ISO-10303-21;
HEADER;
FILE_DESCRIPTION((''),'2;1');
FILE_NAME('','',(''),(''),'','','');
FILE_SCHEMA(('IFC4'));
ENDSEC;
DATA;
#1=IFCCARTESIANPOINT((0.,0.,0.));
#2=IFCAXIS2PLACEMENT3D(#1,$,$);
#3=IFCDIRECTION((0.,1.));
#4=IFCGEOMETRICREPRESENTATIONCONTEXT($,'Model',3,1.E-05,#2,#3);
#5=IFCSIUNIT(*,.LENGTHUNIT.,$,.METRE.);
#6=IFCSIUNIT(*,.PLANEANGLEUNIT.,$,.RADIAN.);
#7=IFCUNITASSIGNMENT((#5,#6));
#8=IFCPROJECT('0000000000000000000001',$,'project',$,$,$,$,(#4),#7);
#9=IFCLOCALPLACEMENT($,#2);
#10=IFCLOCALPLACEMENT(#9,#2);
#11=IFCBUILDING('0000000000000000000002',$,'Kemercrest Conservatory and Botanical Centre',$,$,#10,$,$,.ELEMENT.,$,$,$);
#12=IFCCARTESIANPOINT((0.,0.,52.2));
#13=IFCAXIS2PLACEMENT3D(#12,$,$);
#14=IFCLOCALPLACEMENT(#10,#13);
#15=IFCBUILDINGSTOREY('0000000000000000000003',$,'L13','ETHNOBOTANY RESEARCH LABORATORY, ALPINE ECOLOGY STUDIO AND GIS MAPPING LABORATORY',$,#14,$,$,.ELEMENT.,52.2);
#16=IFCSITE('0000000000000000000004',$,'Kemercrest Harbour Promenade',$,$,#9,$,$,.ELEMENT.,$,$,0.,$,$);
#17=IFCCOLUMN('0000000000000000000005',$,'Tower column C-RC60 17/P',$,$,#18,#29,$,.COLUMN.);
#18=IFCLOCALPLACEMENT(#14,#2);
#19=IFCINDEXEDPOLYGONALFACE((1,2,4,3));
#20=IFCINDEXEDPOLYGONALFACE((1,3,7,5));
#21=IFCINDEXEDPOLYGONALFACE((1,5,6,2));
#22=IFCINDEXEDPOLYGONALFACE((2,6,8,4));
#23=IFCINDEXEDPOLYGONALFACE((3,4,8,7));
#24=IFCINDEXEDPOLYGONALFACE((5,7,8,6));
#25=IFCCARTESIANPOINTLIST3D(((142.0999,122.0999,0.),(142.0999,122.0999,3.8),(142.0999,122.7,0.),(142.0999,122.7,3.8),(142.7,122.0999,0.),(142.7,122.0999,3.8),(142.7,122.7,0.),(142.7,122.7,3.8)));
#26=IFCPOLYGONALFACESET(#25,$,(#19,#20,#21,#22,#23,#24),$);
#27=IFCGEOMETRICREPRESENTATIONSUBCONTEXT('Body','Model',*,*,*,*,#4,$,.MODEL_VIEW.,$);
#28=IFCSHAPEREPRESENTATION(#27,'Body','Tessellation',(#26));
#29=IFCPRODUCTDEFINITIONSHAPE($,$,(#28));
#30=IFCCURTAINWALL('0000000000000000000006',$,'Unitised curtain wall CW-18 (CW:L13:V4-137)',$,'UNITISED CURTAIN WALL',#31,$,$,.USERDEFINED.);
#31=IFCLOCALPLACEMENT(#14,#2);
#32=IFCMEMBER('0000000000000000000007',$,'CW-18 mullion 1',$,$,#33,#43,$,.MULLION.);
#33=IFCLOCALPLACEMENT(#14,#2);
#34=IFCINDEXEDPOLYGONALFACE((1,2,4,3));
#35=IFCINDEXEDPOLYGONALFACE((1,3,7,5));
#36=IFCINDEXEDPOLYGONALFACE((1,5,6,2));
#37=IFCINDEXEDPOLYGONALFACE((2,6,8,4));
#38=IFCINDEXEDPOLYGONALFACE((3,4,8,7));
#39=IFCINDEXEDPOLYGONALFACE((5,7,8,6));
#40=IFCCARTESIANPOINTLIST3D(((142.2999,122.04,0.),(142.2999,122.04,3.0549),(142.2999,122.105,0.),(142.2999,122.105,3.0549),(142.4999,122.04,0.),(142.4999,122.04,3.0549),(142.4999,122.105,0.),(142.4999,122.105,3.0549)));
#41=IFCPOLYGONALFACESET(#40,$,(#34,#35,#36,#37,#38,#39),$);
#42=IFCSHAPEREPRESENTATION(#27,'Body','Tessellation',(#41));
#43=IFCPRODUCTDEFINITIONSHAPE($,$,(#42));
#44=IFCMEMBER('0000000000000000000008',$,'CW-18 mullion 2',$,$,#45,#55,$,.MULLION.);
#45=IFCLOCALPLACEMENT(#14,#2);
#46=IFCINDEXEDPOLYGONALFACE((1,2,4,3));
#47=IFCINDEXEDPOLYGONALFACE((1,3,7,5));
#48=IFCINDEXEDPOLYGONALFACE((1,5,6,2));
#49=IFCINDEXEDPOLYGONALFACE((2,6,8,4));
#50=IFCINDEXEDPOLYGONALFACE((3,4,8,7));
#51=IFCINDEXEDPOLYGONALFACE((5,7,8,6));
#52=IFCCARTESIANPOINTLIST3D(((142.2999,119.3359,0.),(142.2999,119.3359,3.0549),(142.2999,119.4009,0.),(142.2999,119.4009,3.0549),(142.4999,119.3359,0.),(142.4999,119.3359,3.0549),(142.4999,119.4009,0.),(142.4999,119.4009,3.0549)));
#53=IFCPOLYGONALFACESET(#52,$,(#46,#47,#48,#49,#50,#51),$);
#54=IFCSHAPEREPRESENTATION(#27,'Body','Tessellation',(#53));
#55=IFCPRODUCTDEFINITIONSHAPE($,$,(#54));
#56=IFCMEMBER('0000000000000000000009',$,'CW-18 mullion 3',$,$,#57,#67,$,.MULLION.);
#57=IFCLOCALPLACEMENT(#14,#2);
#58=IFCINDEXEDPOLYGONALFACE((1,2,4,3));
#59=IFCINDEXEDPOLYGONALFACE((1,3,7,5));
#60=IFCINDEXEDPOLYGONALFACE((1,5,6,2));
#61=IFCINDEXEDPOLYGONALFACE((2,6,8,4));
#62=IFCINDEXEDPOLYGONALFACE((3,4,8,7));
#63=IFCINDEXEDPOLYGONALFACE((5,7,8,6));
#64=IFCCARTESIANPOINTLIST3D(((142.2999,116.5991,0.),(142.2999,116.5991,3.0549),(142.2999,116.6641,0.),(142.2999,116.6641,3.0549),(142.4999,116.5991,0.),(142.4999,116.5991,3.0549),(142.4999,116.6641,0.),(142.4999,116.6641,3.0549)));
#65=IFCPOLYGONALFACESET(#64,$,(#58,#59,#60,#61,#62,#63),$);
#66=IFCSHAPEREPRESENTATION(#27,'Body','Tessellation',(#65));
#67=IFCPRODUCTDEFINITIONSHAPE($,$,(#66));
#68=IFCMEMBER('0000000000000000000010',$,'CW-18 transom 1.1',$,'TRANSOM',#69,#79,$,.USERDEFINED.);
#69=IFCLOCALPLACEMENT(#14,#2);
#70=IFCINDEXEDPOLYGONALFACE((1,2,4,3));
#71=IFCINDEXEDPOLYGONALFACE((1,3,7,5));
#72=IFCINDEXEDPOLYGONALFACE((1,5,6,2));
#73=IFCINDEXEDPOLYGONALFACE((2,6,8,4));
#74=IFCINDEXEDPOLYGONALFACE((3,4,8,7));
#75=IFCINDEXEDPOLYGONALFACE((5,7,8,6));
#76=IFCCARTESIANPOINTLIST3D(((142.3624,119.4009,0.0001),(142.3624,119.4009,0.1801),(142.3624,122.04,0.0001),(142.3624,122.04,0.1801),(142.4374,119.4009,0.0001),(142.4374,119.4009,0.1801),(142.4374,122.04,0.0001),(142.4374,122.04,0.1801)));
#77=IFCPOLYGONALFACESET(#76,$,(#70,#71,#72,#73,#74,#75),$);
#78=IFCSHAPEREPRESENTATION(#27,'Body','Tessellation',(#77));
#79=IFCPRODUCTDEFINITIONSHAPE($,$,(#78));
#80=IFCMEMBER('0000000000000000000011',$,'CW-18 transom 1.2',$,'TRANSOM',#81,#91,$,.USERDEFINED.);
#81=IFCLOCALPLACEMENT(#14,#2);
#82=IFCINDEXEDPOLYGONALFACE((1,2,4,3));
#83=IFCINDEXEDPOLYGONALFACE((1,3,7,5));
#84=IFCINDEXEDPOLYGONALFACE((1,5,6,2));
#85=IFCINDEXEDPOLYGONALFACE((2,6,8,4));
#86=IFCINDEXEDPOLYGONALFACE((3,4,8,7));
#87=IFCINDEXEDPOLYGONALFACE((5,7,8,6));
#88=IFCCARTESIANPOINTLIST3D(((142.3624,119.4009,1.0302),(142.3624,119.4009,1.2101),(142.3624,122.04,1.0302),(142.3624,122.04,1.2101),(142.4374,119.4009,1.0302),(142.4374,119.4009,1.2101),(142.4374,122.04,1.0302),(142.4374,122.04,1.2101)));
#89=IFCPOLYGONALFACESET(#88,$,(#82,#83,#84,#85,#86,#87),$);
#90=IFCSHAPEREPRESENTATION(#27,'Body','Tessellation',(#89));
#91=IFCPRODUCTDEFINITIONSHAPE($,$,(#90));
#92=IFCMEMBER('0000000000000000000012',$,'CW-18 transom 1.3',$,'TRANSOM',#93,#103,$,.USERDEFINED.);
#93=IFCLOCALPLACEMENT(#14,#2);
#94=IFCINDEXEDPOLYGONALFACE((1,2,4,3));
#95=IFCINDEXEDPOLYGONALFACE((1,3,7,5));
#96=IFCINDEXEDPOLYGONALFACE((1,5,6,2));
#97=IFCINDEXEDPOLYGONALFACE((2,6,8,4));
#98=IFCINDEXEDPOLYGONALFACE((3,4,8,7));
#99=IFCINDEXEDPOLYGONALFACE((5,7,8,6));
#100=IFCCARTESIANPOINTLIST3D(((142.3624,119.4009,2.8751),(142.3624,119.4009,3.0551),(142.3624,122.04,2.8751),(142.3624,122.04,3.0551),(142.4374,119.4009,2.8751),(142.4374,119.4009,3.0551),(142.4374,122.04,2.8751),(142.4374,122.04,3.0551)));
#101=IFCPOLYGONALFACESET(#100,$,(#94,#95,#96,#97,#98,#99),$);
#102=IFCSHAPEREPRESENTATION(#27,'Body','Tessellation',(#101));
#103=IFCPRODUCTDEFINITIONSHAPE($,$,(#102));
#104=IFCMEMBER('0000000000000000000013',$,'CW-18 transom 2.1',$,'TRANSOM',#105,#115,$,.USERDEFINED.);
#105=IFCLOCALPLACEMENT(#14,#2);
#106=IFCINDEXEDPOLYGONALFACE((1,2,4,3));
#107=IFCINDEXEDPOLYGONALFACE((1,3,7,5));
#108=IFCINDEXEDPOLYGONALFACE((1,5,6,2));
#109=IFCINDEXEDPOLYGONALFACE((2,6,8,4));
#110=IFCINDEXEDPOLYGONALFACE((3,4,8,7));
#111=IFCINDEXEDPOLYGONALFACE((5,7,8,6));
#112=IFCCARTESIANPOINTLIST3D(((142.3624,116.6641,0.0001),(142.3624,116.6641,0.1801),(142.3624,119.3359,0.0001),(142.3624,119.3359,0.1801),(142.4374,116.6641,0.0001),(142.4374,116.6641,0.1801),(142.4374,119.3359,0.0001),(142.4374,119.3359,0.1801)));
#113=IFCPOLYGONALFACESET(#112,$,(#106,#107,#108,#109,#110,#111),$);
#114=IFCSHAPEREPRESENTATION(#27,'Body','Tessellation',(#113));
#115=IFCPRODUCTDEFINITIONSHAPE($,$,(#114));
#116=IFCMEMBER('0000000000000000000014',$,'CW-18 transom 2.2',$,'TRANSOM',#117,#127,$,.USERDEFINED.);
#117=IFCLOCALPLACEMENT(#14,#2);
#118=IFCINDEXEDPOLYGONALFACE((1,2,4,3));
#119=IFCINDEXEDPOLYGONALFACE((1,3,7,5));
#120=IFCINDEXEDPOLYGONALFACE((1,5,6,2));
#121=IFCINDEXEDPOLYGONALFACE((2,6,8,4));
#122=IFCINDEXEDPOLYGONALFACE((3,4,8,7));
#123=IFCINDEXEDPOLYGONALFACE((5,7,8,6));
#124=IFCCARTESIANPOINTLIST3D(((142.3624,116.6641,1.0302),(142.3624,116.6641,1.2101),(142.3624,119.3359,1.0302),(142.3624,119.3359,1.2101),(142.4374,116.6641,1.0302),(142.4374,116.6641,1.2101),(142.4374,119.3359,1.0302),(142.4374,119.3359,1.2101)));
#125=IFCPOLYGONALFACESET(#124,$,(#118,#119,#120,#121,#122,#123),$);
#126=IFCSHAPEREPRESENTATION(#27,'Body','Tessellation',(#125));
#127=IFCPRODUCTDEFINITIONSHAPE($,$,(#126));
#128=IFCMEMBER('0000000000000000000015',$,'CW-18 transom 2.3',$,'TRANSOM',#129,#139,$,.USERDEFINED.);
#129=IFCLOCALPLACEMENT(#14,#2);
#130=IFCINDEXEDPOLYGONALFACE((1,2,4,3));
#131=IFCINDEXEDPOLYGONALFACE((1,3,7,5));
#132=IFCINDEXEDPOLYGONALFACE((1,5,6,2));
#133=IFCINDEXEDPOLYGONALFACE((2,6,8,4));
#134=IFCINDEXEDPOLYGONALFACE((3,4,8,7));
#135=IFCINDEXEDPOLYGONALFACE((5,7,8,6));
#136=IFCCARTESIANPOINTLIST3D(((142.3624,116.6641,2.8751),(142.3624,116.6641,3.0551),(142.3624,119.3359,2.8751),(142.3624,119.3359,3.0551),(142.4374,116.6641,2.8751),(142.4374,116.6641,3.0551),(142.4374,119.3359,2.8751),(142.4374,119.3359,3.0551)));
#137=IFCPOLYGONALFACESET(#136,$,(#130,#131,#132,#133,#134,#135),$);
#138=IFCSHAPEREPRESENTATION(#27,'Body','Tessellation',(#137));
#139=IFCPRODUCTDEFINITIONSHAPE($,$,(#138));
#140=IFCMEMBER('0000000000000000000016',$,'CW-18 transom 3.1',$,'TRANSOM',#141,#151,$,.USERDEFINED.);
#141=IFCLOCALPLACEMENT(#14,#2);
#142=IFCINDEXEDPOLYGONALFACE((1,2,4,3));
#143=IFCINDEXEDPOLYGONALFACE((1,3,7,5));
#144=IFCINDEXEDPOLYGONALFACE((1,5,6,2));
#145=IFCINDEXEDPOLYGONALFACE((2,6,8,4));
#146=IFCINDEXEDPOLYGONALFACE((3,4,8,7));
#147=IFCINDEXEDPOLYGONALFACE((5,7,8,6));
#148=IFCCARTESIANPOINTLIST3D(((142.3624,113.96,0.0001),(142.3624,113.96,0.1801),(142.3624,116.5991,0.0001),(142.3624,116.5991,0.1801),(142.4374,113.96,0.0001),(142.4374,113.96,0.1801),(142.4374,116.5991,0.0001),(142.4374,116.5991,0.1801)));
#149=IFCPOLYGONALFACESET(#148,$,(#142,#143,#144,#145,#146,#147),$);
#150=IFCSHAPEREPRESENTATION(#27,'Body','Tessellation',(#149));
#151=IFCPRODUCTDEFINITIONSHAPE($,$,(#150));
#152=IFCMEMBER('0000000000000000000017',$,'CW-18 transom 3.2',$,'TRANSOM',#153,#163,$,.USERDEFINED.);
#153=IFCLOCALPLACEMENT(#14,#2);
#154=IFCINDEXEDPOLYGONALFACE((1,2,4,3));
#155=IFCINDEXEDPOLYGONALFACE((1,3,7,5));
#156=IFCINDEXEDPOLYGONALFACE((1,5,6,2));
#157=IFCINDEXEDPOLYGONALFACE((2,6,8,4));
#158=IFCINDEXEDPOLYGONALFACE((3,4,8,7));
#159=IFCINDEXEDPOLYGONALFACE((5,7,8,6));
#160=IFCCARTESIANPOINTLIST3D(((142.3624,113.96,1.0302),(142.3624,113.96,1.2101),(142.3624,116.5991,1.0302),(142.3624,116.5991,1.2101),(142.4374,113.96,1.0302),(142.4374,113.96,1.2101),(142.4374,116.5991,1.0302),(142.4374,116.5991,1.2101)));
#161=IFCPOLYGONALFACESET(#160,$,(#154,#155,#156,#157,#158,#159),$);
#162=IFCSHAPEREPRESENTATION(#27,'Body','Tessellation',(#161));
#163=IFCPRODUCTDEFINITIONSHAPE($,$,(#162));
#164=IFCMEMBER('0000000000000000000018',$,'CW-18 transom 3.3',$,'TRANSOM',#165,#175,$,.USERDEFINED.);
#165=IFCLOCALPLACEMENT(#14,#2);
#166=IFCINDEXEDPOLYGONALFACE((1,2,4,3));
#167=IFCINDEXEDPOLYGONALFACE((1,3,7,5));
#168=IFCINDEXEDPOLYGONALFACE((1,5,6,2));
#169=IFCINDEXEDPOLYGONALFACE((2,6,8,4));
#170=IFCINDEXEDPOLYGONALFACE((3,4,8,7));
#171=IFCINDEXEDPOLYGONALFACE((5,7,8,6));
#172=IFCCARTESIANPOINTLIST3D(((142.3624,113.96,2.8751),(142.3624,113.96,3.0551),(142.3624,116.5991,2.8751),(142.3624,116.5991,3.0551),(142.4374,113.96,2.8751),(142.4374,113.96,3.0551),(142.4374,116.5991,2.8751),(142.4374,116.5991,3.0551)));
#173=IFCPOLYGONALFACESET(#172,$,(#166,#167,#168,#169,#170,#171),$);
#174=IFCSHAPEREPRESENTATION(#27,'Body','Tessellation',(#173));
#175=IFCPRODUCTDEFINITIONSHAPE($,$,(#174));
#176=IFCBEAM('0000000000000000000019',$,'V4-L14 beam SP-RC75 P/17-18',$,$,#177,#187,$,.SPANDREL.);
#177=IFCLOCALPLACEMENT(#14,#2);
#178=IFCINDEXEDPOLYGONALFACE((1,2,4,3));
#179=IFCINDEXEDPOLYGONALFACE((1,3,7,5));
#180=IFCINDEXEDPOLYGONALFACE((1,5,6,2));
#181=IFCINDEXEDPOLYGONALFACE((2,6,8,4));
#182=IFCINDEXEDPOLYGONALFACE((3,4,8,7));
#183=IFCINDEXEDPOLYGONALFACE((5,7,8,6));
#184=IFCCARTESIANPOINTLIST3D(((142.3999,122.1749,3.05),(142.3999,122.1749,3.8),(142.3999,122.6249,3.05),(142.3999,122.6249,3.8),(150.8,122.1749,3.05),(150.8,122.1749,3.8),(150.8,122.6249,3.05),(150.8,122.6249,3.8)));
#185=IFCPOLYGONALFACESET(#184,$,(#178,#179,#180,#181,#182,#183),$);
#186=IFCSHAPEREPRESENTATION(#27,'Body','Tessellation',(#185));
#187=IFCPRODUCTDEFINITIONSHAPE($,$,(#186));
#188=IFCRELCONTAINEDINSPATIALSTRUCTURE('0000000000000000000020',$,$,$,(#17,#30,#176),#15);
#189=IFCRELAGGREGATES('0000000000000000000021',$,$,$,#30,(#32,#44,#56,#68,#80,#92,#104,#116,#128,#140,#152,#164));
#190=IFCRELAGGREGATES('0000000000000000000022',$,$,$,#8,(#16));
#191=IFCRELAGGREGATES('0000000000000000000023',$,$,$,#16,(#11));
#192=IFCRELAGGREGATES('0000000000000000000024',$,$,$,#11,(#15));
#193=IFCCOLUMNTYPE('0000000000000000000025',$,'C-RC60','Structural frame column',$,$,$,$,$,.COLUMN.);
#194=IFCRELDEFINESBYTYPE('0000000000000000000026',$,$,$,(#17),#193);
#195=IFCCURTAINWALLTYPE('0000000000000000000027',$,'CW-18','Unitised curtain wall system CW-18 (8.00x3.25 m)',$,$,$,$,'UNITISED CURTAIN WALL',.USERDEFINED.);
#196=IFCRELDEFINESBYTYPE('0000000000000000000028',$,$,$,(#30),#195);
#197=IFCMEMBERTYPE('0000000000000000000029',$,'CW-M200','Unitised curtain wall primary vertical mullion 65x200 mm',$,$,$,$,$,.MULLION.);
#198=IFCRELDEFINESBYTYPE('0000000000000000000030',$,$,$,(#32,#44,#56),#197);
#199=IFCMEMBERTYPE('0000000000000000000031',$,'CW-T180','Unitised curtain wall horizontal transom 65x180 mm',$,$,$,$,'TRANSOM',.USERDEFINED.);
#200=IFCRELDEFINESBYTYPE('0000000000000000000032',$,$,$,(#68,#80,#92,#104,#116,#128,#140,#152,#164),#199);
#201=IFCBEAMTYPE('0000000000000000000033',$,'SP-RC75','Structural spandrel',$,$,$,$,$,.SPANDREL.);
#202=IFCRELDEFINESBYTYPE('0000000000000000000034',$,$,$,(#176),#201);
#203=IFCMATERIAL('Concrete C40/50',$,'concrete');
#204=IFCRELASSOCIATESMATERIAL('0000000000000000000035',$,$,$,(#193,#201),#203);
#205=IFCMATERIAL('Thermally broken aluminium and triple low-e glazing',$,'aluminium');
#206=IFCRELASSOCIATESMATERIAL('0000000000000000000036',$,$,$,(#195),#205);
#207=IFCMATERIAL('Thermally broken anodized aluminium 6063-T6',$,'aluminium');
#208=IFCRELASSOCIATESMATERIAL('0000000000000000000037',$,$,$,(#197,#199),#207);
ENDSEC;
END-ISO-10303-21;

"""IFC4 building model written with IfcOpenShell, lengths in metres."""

from ifc_helpers import new_model, si_unit, direction, frame, origin, origin_2d, place, context, subcontext, project, spatial, rectangle, extrude, material, material_profile, profile_set, type_object, element, aggregate, save


model = new_model("IFC4")

# Units and contexts
model_context = context("Model", 3, precision=1e-05, world=origin(), true_north=direction((0.0, 1.0)))
body_context = subcontext(model_context, "Body", "Model", "MODEL_VIEW")
ifc_project = project(units=[si_unit("LENGTHUNIT", "METRE"), si_unit("PLANEANGLEUNIT", "RADIAN")], contexts=[model_context])

# Site, building, storey
site_placement = place(None, origin())
site = spatial("IfcSite", under=ifc_project, at=site_placement, Name="Kemercrest Harbour Promenade", CompositionType="ELEMENT", RefElevation=0.0)
building_placement = place(site_placement, origin())
building = spatial("IfcBuilding", under=site, at=building_placement, Name="Kemercrest Conservatory and Botanical Centre", CompositionType="ELEMENT")
storey_placement = place(building_placement, frame((0.0, 0.0, 52.2)))
storey = spatial("IfcBuildingStorey", under=building, at=storey_placement, Name="L13", Description="ETHNOBOTANY RESEARCH LABORATORY, ALPINE ECOLOGY STUDIO AND GIS MAPPING LABORATORY", CompositionType="ELEMENT", Elevation=52.2)

# Column
ifc_material_1 = material(Name="Concrete C40/50", Category="concrete")
ifc_material_profile_1 = material_profile(ifc_material_1, rectangle(XDim=0.6001, YDim=0.6001, at=origin_2d()), Name="RC 600x600")
ifc_profile_set_1 = profile_set([ifc_material_profile_1], Name="Concrete C40/50")
column_type = type_object("IfcColumnType", Name="C-RC60", Description="Structural frame column", PredefinedType="COLUMN", material=ifc_profile_set_1)
column_placement = place(storey_placement, frame((142.3999, 122.3999, 0.0), z_axis=(0.0, 0.0, 1.0), x_axis=(1.0, 0.0, 0.0)))
element("IfcColumn", 1, at=column_placement, inside=storey, type_object=column_type, Name="Tower column C-RC60 17/P", PredefinedType="COLUMN", context=body_context, shape_type="SweptSolid", body=[
    extrude(rectangle(XDim=0.6001, YDim=0.6001, at=origin_2d()), origin(), (0.0, 0.0, 1.0), 3.8),
])

# Curtain wall, members
ifc_material_2 = material(Name="Thermally broken aluminium and triple low-e glazing", Category="aluminium")
curtain_wall_type = type_object("IfcCurtainWallType", Name="CW-18", Description="Unitised curtain wall system CW-18 (8.00x3.25 m)", ElementType="UNITISED CURTAIN WALL", PredefinedType="USERDEFINED", material=ifc_material_2)
curtain_wall_placement = place(storey_placement, origin())
curtain_wall = element("IfcCurtainWall", 2, at=curtain_wall_placement, inside=storey, type_object=curtain_wall_type, Name="Unitised curtain wall CW-18 (CW:L13:V4-137)", ObjectType="UNITISED CURTAIN WALL", PredefinedType="USERDEFINED")
ifc_material_3 = material(Name="Thermally broken anodized aluminium 6063-T6", Category="aluminium")
ifc_material_profile_2 = material_profile(ifc_material_3, rectangle(XDim=0.2, YDim=0.0649, at=origin_2d()), Name="AL MULLION 65x200")
ifc_profile_set_2 = profile_set([ifc_material_profile_2], Name="Thermally broken anodized aluminium 6063-T6")
member_type_1 = type_object("IfcMemberType", Name="CW-M200", Description="Unitised curtain wall primary vertical mullion 65x200 mm", PredefinedType="MULLION", material=ifc_profile_set_2)
member_1_placement = place(storey_placement, frame((142.3999, 122.0725, 0.0), z_axis=(0.0, 0.0, 1.0), x_axis=(1.0, 0.0, 0.0)))
member_1 = element("IfcMember", 3, at=member_1_placement, type_object=member_type_1, Name="CW-18 mullion 1", PredefinedType="MULLION", context=body_context, shape_type="SweptSolid", body=[
    extrude(rectangle(XDim=0.2, YDim=0.0649, at=origin_2d()), origin(), (0.0, 0.0, 1.0), 3.0549),
])
member_2_placement = place(storey_placement, frame((142.3999, 119.3684, 0.0), z_axis=(0.0, 0.0, 1.0), x_axis=(1.0, 0.0, 0.0)))
member_2 = element("IfcMember", 4, at=member_2_placement, type_object=member_type_1, Name="CW-18 mullion 2", PredefinedType="MULLION", context=body_context, shape_type="SweptSolid", body=[
    extrude(rectangle(XDim=0.2, YDim=0.0649, at=origin_2d()), origin(), (0.0, 0.0, 1.0), 3.0549),
])
member_3_placement = place(storey_placement, frame((142.3999, 116.6316, 0.0), z_axis=(0.0, 0.0, 1.0), x_axis=(1.0, 0.0, 0.0)))
member_3 = element("IfcMember", 5, at=member_3_placement, type_object=member_type_1, Name="CW-18 mullion 3", PredefinedType="MULLION", context=body_context, shape_type="SweptSolid", body=[
    extrude(rectangle(XDim=0.2, YDim=0.0649, at=origin_2d()), origin(), (0.0, 0.0, 1.0), 3.0549),
])
ifc_material_profile_3 = material_profile(ifc_material_3, rectangle(XDim=0.075, YDim=0.1799, at=origin_2d()), Name="AL TRANSOM 75x180")
ifc_profile_set_3 = profile_set([ifc_material_profile_3], Name="Thermally broken anodized aluminium 6063-T6")
member_type_2 = type_object("IfcMemberType", Name="CW-T180", Description="Unitised curtain wall horizontal transom 65x180 mm", ElementType="TRANSOM", PredefinedType="USERDEFINED", material=ifc_profile_set_3)
member_4_placement = place(storey_placement, frame((142.3999, 122.04, 0.0901), z_axis=(0.0, -1.0, 0.0), x_axis=(1.0, 0.0, 0.0)))
member_4 = element("IfcMember", 6, at=member_4_placement, type_object=member_type_2, Name="CW-18 transom 1.1", ObjectType="TRANSOM", PredefinedType="USERDEFINED", context=body_context, shape_type="SweptSolid", body=[
    extrude(rectangle(XDim=0.075, YDim=0.1799, at=origin_2d()), origin(), (0.0, 0.0, 1.0), 2.6392),
])
member_5_placement = place(storey_placement, frame((142.3999, 122.04, 1.1201), z_axis=(0.0, -1.0, 0.0), x_axis=(1.0, 0.0, 0.0)))
member_5 = element("IfcMember", 7, at=member_5_placement, type_object=member_type_2, Name="CW-18 transom 1.2", ObjectType="TRANSOM", PredefinedType="USERDEFINED", context=body_context, shape_type="SweptSolid", body=[
    extrude(rectangle(XDim=0.075, YDim=0.1799, at=origin_2d()), origin(), (0.0, 0.0, 1.0), 2.6392),
])
member_6_placement = place(storey_placement, frame((142.3999, 122.04, 2.9651), z_axis=(0.0, -1.0, 0.0), x_axis=(1.0, 0.0, 0.0)))
member_6 = element("IfcMember", 8, at=member_6_placement, type_object=member_type_2, Name="CW-18 transom 1.3", ObjectType="TRANSOM", PredefinedType="USERDEFINED", context=body_context, shape_type="SweptSolid", body=[
    extrude(rectangle(XDim=0.075, YDim=0.1799, at=origin_2d()), origin(), (0.0, 0.0, 1.0), 2.6392),
])
member_7_placement = place(storey_placement, frame((142.3999, 119.3359, 0.0901), z_axis=(0.0, -1.0, 0.0), x_axis=(1.0, 0.0, 0.0)))
member_7 = element("IfcMember", 9, at=member_7_placement, type_object=member_type_2, Name="CW-18 transom 2.1", ObjectType="TRANSOM", PredefinedType="USERDEFINED", context=body_context, shape_type="SweptSolid", body=[
    extrude(rectangle(XDim=0.075, YDim=0.1799, at=origin_2d()), origin(), (0.0, 0.0, 1.0), 2.6719),
])
member_8_placement = place(storey_placement, frame((142.3999, 119.3359, 1.1201), z_axis=(0.0, -1.0, 0.0), x_axis=(1.0, 0.0, 0.0)))
member_8 = element("IfcMember", 10, at=member_8_placement, type_object=member_type_2, Name="CW-18 transom 2.2", ObjectType="TRANSOM", PredefinedType="USERDEFINED", context=body_context, shape_type="SweptSolid", body=[
    extrude(rectangle(XDim=0.075, YDim=0.1799, at=origin_2d()), origin(), (0.0, 0.0, 1.0), 2.6719),
])
member_9_placement = place(storey_placement, frame((142.3999, 119.3359, 2.9651), z_axis=(0.0, -1.0, 0.0), x_axis=(1.0, 0.0, 0.0)))
member_9 = element("IfcMember", 11, at=member_9_placement, type_object=member_type_2, Name="CW-18 transom 2.3", ObjectType="TRANSOM", PredefinedType="USERDEFINED", context=body_context, shape_type="SweptSolid", body=[
    extrude(rectangle(XDim=0.075, YDim=0.1799, at=origin_2d()), origin(), (0.0, 0.0, 1.0), 2.6719),
])
member_10_placement = place(storey_placement, frame((142.3999, 116.5991, 0.0901), z_axis=(0.0, -1.0, 0.0), x_axis=(1.0, 0.0, 0.0)))
member_10 = element("IfcMember", 12, at=member_10_placement, type_object=member_type_2, Name="CW-18 transom 3.1", ObjectType="TRANSOM", PredefinedType="USERDEFINED", context=body_context, shape_type="SweptSolid", body=[
    extrude(rectangle(XDim=0.075, YDim=0.1799, at=origin_2d()), origin(), (0.0, 0.0, 1.0), 2.6392),
])
member_11_placement = place(storey_placement, frame((142.3999, 116.5991, 1.1201), z_axis=(0.0, -1.0, 0.0), x_axis=(1.0, 0.0, 0.0)))
member_11 = element("IfcMember", 13, at=member_11_placement, type_object=member_type_2, Name="CW-18 transom 3.2", ObjectType="TRANSOM", PredefinedType="USERDEFINED", context=body_context, shape_type="SweptSolid", body=[
    extrude(rectangle(XDim=0.075, YDim=0.1799, at=origin_2d()), origin(), (0.0, 0.0, 1.0), 2.6392),
])
member_12_placement = place(storey_placement, frame((142.3999, 116.5991, 2.9651), z_axis=(0.0, -1.0, 0.0), x_axis=(1.0, 0.0, 0.0)))
member_12 = element("IfcMember", 14, at=member_12_placement, type_object=member_type_2, Name="CW-18 transom 3.3", ObjectType="TRANSOM", PredefinedType="USERDEFINED", context=body_context, shape_type="SweptSolid", body=[
    extrude(rectangle(XDim=0.075, YDim=0.1799, at=origin_2d()), origin(), (0.0, 0.0, 1.0), 2.6392),
])

# Beam
ifc_material_profile_4 = material_profile(ifc_material_1, rectangle(XDim=0.45, YDim=0.75, at=origin_2d()), Name="RC 450x750")
ifc_profile_set_4 = profile_set([ifc_material_profile_4], Name="Concrete C40/50")
beam_type = type_object("IfcBeamType", Name="SP-RC75", Description="Structural spandrel", PredefinedType="SPANDREL", material=ifc_profile_set_4)
beam_placement = place(storey_placement, frame((142.3999, 122.3999, 3.425), z_axis=(1.0, 0.0, 0.0), x_axis=(0.0, 1.0, 0.0)))
element("IfcBeam", 15, at=beam_placement, inside=storey, type_object=beam_type, Name="V4-L14 beam SP-RC75 P/17-18", PredefinedType="SPANDREL", context=body_context, shape_type="SweptSolid", body=[
    extrude(rectangle(XDim=0.45, YDim=0.75, at=origin_2d()), origin(), (0.0, 0.0, 1.0), 8.4001),
])

aggregate(curtain_wall, [member_1, member_2, member_3, member_4, member_5, member_6, member_7, member_8, member_9, member_10, member_11, member_12])

save(model, "model.ifc")
